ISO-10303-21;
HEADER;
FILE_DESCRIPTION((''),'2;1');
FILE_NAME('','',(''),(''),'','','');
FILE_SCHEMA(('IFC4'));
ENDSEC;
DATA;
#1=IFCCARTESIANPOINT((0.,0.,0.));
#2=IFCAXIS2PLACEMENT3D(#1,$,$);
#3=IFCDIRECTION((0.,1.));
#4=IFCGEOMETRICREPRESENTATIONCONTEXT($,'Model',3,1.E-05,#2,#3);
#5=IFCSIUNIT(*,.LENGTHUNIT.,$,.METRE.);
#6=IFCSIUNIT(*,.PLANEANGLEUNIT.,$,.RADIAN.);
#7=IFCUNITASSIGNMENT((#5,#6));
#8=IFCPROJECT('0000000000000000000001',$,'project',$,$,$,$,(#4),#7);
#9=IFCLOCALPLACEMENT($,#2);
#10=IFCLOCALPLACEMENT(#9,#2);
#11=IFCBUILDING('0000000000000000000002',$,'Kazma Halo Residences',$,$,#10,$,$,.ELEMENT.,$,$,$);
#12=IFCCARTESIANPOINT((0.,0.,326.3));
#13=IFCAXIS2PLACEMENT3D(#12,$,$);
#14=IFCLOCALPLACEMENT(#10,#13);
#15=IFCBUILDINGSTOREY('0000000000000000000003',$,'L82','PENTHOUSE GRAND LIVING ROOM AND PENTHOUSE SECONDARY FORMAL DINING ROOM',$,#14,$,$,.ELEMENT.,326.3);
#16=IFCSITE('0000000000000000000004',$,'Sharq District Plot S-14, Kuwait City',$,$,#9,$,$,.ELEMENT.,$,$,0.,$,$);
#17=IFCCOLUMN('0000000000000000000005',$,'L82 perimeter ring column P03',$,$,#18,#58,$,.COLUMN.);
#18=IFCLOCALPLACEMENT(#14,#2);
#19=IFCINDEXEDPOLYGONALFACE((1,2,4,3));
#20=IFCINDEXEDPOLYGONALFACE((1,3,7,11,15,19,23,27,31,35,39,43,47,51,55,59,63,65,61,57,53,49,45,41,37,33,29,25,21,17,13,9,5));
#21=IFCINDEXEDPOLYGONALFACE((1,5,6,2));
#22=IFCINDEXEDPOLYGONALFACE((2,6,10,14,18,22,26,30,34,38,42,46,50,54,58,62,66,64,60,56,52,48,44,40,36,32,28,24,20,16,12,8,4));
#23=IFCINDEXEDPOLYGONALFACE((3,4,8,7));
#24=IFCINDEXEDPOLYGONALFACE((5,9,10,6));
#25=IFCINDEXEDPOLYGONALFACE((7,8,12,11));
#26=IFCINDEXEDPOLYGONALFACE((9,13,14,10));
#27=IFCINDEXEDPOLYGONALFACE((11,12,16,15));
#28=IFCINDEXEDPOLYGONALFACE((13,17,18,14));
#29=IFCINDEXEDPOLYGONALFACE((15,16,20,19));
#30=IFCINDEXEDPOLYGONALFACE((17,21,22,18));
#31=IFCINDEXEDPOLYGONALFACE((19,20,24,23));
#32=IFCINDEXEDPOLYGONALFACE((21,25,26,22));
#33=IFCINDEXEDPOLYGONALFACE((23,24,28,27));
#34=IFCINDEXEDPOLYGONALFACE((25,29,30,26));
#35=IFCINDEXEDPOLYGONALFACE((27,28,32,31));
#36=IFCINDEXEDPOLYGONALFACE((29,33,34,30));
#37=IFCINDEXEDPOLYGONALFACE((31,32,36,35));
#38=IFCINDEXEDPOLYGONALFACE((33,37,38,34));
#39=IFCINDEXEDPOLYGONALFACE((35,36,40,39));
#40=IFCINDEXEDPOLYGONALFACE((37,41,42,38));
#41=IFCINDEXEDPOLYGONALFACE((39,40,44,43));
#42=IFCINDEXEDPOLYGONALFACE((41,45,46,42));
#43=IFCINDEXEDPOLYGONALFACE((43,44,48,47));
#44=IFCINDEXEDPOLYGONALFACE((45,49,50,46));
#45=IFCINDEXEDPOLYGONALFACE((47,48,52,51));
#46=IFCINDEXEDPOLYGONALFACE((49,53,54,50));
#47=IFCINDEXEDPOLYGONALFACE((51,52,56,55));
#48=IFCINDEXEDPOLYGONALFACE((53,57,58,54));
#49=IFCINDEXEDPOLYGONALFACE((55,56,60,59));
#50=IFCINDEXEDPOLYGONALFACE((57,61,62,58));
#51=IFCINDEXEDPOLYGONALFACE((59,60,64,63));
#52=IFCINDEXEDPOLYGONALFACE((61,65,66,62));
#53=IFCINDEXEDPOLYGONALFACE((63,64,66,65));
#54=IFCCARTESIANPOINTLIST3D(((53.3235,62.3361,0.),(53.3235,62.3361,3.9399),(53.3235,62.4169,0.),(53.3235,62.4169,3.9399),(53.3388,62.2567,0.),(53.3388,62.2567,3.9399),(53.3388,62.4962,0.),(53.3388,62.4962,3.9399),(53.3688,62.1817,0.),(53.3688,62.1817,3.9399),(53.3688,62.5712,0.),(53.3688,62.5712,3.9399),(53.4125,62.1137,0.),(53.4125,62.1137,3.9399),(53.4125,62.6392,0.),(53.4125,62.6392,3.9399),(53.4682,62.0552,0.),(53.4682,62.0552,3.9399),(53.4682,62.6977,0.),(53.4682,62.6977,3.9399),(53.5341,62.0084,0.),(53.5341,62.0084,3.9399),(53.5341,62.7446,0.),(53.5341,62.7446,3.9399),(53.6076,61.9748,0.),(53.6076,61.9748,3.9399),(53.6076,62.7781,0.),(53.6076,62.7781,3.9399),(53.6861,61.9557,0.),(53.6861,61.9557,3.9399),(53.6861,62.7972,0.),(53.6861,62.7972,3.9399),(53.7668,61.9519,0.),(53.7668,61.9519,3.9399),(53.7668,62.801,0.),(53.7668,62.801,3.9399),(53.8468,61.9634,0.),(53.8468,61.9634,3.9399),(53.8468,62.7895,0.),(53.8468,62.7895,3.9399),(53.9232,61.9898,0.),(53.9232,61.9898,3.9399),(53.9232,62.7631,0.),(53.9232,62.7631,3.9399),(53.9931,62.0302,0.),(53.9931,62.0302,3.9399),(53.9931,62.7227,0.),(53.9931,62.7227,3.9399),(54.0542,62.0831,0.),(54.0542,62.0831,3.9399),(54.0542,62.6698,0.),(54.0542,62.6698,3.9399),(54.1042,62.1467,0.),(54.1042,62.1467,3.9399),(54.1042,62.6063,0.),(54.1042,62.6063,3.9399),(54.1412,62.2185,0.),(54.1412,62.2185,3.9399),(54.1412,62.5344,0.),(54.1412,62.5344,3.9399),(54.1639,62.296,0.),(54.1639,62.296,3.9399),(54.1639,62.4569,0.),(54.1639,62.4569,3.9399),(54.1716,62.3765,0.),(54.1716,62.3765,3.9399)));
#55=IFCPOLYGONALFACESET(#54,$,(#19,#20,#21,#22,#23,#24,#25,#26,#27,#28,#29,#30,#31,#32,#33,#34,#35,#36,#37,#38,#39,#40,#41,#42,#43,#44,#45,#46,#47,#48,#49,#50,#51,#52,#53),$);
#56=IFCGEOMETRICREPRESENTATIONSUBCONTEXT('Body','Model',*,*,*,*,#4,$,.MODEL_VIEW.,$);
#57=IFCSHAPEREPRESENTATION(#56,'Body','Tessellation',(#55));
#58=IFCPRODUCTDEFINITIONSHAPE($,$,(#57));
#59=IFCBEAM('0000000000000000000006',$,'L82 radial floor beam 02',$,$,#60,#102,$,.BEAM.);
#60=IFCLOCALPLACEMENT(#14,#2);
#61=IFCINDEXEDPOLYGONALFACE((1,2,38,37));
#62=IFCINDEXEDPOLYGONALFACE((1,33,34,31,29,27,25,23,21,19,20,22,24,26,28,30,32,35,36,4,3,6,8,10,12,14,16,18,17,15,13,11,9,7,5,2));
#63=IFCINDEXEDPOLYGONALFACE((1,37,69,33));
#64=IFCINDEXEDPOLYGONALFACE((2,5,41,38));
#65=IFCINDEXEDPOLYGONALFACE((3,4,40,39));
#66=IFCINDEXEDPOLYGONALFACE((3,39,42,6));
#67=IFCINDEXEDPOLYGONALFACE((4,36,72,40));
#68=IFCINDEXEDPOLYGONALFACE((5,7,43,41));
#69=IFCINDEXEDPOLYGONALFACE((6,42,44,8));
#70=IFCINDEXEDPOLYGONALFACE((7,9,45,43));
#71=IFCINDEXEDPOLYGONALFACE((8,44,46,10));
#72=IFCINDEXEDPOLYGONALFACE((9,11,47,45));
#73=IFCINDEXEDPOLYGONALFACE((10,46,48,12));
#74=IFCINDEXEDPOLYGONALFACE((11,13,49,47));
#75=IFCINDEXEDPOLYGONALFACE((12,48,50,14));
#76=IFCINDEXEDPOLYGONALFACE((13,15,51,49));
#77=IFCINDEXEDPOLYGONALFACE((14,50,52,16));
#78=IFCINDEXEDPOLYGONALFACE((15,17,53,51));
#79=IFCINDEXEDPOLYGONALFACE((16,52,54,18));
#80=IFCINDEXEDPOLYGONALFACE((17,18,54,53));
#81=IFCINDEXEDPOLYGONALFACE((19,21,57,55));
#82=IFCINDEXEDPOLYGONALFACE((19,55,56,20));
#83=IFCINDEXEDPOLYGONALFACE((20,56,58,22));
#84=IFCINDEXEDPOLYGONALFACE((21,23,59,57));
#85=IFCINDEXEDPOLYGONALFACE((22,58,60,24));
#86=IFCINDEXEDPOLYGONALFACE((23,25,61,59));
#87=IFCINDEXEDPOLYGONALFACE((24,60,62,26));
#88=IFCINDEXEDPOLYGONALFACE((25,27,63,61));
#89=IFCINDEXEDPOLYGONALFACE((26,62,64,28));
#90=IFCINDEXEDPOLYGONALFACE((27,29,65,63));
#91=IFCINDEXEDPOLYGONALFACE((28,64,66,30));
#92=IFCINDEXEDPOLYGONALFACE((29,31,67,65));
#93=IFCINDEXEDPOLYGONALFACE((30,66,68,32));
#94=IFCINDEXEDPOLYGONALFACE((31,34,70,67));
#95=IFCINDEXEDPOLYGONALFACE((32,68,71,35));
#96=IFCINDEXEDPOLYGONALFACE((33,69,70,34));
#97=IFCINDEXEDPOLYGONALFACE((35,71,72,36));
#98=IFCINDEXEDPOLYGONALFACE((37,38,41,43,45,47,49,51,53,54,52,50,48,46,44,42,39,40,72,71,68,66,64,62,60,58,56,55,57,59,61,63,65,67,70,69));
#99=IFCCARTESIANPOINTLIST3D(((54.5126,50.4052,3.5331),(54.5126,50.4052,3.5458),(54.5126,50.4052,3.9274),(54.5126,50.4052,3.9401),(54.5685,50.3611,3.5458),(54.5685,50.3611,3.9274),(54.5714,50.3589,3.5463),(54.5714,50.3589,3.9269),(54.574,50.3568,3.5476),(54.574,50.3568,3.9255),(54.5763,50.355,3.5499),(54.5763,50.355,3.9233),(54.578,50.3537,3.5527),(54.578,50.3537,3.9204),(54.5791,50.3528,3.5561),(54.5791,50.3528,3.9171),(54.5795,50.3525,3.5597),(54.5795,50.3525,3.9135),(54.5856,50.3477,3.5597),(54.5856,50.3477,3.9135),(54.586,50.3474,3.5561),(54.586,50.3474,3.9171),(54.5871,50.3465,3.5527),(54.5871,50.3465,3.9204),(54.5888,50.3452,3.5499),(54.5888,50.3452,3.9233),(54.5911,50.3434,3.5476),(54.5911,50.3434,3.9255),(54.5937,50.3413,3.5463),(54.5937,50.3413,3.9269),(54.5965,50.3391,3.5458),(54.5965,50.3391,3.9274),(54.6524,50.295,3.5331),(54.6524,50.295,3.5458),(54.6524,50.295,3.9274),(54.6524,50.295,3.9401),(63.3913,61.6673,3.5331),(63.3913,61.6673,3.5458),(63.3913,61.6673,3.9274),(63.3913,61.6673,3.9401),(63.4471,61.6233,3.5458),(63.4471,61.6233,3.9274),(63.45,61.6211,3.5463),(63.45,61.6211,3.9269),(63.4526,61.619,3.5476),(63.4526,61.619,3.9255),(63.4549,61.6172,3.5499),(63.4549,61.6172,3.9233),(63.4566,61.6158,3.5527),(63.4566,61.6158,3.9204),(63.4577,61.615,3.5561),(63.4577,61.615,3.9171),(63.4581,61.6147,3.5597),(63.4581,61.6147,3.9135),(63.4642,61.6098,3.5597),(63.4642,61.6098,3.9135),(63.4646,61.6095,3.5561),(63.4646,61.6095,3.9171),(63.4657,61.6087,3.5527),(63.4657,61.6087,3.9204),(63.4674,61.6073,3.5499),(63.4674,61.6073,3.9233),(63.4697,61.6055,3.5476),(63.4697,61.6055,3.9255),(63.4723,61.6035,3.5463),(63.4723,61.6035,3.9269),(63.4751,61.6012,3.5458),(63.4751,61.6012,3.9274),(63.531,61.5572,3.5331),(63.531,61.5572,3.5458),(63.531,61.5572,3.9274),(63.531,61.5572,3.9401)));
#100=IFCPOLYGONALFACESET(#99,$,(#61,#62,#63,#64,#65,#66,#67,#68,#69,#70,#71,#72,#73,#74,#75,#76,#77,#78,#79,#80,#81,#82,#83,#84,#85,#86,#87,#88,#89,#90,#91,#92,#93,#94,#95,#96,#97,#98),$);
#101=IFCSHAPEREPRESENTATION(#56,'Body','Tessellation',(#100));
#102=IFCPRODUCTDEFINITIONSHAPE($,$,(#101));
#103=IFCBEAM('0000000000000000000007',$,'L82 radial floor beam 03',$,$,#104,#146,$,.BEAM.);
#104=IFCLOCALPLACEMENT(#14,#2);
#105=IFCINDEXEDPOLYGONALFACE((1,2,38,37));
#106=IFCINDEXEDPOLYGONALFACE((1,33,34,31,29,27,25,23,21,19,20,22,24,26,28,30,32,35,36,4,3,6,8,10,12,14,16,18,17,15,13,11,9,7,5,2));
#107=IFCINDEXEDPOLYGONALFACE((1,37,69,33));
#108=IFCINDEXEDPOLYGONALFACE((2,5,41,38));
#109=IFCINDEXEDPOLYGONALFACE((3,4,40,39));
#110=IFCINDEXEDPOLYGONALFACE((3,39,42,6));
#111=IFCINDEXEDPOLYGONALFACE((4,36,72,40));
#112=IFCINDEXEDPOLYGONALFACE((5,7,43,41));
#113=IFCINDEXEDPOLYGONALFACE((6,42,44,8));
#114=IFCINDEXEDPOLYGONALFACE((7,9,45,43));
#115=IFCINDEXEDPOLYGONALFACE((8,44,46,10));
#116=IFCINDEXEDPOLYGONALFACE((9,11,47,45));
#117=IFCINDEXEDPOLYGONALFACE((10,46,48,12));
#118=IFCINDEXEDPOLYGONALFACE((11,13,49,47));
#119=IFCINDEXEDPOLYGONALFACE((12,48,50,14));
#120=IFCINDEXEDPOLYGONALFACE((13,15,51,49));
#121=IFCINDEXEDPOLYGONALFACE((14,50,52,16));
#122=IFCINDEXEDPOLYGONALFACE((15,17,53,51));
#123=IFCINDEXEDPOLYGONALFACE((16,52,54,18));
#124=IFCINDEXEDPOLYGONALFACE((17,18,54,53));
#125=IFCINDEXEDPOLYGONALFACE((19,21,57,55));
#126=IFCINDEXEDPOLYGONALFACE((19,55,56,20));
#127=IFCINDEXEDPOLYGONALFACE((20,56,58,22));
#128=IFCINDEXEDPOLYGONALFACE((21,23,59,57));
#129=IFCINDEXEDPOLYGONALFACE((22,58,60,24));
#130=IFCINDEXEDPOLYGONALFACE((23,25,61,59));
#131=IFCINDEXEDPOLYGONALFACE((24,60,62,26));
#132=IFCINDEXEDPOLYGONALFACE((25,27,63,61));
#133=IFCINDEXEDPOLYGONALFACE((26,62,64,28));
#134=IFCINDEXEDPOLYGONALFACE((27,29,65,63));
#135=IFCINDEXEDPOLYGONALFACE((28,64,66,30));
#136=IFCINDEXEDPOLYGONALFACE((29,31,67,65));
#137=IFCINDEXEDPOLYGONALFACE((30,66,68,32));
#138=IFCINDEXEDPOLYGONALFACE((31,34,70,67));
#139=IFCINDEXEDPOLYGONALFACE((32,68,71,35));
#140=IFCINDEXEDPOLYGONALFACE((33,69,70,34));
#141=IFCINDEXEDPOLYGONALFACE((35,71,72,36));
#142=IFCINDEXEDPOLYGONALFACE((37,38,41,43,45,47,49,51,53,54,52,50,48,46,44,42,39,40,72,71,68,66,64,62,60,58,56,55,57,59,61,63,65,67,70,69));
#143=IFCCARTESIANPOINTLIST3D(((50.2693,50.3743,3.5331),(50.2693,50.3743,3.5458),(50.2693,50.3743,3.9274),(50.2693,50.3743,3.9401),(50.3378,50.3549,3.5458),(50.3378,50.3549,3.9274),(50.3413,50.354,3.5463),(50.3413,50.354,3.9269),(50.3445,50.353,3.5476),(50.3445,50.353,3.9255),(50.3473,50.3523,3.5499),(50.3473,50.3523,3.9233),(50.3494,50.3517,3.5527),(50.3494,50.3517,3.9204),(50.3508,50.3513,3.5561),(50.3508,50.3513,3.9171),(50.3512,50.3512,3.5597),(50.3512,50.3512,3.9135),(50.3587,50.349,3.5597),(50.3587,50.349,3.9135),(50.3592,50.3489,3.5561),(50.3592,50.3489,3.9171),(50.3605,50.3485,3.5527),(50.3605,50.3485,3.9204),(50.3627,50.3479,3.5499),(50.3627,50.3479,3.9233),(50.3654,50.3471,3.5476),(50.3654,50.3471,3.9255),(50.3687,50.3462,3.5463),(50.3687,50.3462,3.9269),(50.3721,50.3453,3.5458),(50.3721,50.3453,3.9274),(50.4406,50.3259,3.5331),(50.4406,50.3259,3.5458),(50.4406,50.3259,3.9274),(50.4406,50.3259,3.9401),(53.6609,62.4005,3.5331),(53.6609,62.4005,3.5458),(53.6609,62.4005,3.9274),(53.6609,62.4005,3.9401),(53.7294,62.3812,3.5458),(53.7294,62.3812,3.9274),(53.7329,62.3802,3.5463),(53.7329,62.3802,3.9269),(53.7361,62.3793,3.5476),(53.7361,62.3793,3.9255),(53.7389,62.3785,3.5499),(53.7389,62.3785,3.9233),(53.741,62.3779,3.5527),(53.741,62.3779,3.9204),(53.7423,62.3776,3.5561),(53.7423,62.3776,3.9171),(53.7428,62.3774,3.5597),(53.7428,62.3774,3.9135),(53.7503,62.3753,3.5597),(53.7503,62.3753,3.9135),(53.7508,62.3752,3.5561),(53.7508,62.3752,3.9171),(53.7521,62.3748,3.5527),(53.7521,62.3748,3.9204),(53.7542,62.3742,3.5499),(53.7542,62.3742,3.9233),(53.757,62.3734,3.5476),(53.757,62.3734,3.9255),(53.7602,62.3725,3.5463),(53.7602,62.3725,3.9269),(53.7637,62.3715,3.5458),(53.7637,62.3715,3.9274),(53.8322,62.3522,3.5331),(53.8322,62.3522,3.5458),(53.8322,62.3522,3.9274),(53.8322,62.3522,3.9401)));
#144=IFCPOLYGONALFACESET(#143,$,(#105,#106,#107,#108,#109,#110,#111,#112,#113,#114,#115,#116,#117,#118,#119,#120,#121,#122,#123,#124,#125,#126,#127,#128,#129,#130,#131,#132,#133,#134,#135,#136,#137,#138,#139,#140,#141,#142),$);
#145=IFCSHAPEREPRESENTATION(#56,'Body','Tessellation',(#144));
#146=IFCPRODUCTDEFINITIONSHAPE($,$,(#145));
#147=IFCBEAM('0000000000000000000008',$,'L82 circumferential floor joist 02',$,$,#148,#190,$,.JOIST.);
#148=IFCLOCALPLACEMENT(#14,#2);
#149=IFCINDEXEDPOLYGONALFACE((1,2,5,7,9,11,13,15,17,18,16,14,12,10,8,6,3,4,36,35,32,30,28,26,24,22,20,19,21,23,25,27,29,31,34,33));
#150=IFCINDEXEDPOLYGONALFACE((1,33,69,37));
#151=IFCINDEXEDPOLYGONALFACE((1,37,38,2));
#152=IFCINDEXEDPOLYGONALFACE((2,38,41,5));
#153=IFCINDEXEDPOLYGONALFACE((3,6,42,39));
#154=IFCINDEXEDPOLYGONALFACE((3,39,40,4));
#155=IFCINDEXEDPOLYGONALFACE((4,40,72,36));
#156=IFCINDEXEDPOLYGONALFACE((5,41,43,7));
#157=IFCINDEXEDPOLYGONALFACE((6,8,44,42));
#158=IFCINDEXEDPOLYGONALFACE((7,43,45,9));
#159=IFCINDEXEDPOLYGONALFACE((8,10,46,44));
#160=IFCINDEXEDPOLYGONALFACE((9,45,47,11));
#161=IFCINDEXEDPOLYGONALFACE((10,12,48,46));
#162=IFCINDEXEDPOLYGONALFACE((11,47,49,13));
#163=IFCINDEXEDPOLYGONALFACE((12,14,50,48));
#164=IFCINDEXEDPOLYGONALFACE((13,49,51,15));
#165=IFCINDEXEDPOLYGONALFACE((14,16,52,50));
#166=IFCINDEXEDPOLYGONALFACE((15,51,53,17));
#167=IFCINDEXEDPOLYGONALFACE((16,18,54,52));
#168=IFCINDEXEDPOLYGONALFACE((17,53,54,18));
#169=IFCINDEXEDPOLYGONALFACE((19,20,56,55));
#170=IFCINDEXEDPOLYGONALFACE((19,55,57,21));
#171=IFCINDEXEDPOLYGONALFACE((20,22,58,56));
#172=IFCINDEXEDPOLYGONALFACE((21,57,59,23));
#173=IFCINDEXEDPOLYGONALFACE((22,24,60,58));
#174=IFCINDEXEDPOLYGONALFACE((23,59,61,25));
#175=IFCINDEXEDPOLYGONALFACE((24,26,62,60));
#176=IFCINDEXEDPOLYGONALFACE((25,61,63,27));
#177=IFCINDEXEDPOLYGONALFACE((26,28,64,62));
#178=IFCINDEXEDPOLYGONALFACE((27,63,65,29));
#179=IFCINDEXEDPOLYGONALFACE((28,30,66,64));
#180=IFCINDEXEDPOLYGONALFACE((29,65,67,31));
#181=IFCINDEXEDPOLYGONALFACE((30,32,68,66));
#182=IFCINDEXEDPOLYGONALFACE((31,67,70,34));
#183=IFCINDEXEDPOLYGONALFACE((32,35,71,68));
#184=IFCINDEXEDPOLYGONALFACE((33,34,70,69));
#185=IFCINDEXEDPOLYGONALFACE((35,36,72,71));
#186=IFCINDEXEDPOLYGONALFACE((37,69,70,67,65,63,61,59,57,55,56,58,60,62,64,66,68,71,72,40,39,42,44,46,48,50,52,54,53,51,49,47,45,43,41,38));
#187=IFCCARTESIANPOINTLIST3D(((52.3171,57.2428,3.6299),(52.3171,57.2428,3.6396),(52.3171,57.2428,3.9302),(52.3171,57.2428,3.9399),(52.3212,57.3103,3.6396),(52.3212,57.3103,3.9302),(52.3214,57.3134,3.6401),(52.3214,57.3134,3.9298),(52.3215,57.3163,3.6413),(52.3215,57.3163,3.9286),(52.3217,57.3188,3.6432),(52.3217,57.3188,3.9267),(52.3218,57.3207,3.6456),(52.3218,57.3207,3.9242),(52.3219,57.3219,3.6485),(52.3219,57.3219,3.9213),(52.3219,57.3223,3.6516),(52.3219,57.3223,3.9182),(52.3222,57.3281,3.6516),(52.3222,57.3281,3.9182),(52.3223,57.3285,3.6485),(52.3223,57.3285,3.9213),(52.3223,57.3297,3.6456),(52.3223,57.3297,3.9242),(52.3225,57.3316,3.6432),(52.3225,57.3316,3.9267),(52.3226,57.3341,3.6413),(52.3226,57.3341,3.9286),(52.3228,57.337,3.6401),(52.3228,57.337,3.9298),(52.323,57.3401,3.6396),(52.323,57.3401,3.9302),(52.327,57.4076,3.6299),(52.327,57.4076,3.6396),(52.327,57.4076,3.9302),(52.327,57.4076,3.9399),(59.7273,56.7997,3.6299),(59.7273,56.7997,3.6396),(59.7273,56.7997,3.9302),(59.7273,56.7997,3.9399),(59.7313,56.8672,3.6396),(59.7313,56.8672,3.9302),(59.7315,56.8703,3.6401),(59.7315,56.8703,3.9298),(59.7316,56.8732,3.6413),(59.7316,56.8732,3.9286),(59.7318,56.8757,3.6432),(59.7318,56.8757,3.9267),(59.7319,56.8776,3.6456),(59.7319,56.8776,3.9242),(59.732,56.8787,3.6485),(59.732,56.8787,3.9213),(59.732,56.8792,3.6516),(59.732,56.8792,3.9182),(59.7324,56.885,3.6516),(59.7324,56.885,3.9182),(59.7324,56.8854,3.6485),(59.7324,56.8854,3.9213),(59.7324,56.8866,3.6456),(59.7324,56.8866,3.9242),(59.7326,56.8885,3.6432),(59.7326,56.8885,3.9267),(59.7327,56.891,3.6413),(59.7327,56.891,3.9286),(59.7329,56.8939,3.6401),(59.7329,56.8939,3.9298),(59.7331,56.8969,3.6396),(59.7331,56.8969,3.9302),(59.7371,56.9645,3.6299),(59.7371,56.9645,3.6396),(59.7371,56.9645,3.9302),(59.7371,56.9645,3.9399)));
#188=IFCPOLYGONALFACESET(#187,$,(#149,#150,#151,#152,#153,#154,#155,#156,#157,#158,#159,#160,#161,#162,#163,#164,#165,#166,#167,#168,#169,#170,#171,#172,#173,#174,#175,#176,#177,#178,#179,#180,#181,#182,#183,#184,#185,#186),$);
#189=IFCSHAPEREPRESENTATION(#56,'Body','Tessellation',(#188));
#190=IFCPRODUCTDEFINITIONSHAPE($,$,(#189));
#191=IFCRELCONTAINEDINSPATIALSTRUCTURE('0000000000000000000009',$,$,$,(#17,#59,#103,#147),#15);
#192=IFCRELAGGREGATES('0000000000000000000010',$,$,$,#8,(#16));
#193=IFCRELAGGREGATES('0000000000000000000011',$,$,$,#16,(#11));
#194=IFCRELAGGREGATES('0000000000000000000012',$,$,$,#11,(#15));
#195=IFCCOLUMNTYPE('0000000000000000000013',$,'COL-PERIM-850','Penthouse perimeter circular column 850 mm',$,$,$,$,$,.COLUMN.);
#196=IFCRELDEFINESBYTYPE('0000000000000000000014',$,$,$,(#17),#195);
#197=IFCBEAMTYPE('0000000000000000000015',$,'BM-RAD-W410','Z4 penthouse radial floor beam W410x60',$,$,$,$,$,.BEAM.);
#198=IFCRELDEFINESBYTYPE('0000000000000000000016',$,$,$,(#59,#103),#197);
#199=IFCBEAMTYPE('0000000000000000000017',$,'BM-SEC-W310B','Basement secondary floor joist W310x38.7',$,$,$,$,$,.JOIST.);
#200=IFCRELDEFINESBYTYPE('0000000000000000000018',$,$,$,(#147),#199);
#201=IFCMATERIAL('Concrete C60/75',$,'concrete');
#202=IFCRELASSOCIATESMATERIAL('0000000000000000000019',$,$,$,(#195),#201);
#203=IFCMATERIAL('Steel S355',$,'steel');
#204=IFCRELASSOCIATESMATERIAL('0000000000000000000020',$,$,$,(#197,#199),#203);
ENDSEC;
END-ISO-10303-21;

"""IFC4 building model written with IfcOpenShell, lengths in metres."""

from ifc_helpers import new_model, si_unit, direction, frame, origin, origin_2d, place, context, subcontext, project, spatial, circle, i_section, extrude, material, material_profile, profile_set, type_object, element, save


model = new_model("IFC4")

# Units and contexts
model_context = context("Model", 3, precision=1e-05, world=origin(), true_north=direction((0.0, 1.0)))
body_context = subcontext(model_context, "Body", "Model", "MODEL_VIEW")
ifc_project = project(units=[si_unit("LENGTHUNIT", "METRE"), si_unit("PLANEANGLEUNIT", "RADIAN")], contexts=[model_context])

# Site, building, storey
site_placement = place(None, origin())
site = spatial("IfcSite", under=ifc_project, at=site_placement, Name="Sharq District Plot S-14, Kuwait City", CompositionType="ELEMENT", RefElevation=0.0)
building_placement = place(site_placement, origin())
building = spatial("IfcBuilding", under=site, at=building_placement, Name="Kazma Halo Residences", CompositionType="ELEMENT")
storey_placement = place(building_placement, frame((0.0, 0.0, 326.3)))
storey = spatial("IfcBuildingStorey", under=building, at=storey_placement, Name="L82", Description="PENTHOUSE GRAND LIVING ROOM AND PENTHOUSE SECONDARY FORMAL DINING ROOM", CompositionType="ELEMENT", Elevation=326.3)

# Column
ifc_material_1 = material(Name="Concrete C60/75", Category="concrete")
ifc_material_profile_1 = material_profile(ifc_material_1, circle(Radius=0.425, at=origin_2d()), Name="CIRC850")
ifc_profile_set_1 = profile_set([ifc_material_profile_1], Name="Concrete C60/75")
column_type = type_object("IfcColumnType", Name="COL-PERIM-850", Description="Penthouse perimeter circular column 850 mm", PredefinedType="COLUMN", material=ifc_profile_set_1)
column_placement = place(storey_placement, frame((53.7466, 62.3765, 0.0), z_axis=(0.0, 0.0, 1.0), x_axis=(1.0, 0.0, 0.0)))
element("IfcColumn", 1, at=column_placement, inside=storey, type_object=column_type, Name="L82 perimeter ring column P03", PredefinedType="COLUMN", context=body_context, shape_type="SweptSolid", body=[
    extrude(circle(Radius=0.425, at=origin_2d()), origin(), (0.0, 0.0, 1.0), 3.9399),
])

# Beams
ifc_material_2 = material(Name="Steel S355", Category="steel")
ifc_material_profile_2 = material_profile(ifc_material_2, i_section(OverallWidth=0.178, OverallDepth=0.407, WebThickness=0.0078, FlangeThickness=0.0127, FilletRadius=0.0139, at=origin_2d()), Name="W410x60")
ifc_profile_set_2 = profile_set([ifc_material_profile_2], Name="Steel S355")
beam_type_1 = type_object("IfcBeamType", Name="BM-RAD-W410", Description="Z4 penthouse radial floor beam W410x60", PredefinedType="BEAM", material=ifc_profile_set_2)
beam_1_placement = place(storey_placement, frame((54.5825, 50.3501, 3.7366), z_axis=(0.619105, 0.785308, 0.0), x_axis=(-0.785308, 0.619105, 0.0)))
element("IfcBeam", 2, at=beam_1_placement, inside=storey, type_object=beam_type_1, Name="L82 radial floor beam 02", PredefinedType="BEAM", context=body_context, shape_type="SweptSolid", body=[
    extrude(i_section(OverallWidth=0.178, OverallDepth=0.407, WebThickness=0.0078, FlangeThickness=0.0127, FilletRadius=0.0139, at=origin_2d()), origin(), (0.0, 0.0, 1.0), 14.3411),
])
beam_2_placement = place(storey_placement, frame((50.355, 50.3501, 3.7366), z_axis=(0.271427, 0.962459, 0.0), x_axis=(-0.962459, 0.271427, 0.0)))
element("IfcBeam", 3, at=beam_2_placement, inside=storey, type_object=beam_type_1, Name="L82 radial floor beam 03", PredefinedType="BEAM", context=body_context, shape_type="SweptSolid", body=[
    extrude(i_section(OverallWidth=0.178, OverallDepth=0.407, WebThickness=0.0078, FlangeThickness=0.0127, FilletRadius=0.0139, at=origin_2d()), origin(), (0.0, 0.0, 1.0), 12.4954),
])
ifc_material_profile_3 = material_profile(ifc_material_2, i_section(OverallWidth=0.165, OverallDepth=0.3101, WebThickness=0.0059, FlangeThickness=0.0098, FilletRadius=0.012, at=origin_2d()), Name="W310x38.7")
ifc_profile_set_3 = profile_set([ifc_material_profile_3], Name="Steel S355")
beam_type_2 = type_object("IfcBeamType", Name="BM-SEC-W310B", Description="Basement secondary floor joist W310x38.7", PredefinedType="JOIST", material=ifc_profile_set_3)
beam_3_placement = place(storey_placement, frame((59.7322, 56.8821, 3.7849), z_axis=(-0.998217, 0.059692, 0.0), x_axis=(-0.059692, -0.998217, 0.0)))
element("IfcBeam", 4, at=beam_3_placement, inside=storey, type_object=beam_type_2, Name="L82 circumferential floor joist 02", PredefinedType="JOIST", context=body_context, shape_type="SweptSolid", body=[
    extrude(i_section(OverallWidth=0.165, OverallDepth=0.3101, WebThickness=0.0059, FlangeThickness=0.0098, FilletRadius=0.012, at=origin_2d()), origin(), (0.0, 0.0, 1.0), 7.4233),
])

save(model, "model.ifc")
